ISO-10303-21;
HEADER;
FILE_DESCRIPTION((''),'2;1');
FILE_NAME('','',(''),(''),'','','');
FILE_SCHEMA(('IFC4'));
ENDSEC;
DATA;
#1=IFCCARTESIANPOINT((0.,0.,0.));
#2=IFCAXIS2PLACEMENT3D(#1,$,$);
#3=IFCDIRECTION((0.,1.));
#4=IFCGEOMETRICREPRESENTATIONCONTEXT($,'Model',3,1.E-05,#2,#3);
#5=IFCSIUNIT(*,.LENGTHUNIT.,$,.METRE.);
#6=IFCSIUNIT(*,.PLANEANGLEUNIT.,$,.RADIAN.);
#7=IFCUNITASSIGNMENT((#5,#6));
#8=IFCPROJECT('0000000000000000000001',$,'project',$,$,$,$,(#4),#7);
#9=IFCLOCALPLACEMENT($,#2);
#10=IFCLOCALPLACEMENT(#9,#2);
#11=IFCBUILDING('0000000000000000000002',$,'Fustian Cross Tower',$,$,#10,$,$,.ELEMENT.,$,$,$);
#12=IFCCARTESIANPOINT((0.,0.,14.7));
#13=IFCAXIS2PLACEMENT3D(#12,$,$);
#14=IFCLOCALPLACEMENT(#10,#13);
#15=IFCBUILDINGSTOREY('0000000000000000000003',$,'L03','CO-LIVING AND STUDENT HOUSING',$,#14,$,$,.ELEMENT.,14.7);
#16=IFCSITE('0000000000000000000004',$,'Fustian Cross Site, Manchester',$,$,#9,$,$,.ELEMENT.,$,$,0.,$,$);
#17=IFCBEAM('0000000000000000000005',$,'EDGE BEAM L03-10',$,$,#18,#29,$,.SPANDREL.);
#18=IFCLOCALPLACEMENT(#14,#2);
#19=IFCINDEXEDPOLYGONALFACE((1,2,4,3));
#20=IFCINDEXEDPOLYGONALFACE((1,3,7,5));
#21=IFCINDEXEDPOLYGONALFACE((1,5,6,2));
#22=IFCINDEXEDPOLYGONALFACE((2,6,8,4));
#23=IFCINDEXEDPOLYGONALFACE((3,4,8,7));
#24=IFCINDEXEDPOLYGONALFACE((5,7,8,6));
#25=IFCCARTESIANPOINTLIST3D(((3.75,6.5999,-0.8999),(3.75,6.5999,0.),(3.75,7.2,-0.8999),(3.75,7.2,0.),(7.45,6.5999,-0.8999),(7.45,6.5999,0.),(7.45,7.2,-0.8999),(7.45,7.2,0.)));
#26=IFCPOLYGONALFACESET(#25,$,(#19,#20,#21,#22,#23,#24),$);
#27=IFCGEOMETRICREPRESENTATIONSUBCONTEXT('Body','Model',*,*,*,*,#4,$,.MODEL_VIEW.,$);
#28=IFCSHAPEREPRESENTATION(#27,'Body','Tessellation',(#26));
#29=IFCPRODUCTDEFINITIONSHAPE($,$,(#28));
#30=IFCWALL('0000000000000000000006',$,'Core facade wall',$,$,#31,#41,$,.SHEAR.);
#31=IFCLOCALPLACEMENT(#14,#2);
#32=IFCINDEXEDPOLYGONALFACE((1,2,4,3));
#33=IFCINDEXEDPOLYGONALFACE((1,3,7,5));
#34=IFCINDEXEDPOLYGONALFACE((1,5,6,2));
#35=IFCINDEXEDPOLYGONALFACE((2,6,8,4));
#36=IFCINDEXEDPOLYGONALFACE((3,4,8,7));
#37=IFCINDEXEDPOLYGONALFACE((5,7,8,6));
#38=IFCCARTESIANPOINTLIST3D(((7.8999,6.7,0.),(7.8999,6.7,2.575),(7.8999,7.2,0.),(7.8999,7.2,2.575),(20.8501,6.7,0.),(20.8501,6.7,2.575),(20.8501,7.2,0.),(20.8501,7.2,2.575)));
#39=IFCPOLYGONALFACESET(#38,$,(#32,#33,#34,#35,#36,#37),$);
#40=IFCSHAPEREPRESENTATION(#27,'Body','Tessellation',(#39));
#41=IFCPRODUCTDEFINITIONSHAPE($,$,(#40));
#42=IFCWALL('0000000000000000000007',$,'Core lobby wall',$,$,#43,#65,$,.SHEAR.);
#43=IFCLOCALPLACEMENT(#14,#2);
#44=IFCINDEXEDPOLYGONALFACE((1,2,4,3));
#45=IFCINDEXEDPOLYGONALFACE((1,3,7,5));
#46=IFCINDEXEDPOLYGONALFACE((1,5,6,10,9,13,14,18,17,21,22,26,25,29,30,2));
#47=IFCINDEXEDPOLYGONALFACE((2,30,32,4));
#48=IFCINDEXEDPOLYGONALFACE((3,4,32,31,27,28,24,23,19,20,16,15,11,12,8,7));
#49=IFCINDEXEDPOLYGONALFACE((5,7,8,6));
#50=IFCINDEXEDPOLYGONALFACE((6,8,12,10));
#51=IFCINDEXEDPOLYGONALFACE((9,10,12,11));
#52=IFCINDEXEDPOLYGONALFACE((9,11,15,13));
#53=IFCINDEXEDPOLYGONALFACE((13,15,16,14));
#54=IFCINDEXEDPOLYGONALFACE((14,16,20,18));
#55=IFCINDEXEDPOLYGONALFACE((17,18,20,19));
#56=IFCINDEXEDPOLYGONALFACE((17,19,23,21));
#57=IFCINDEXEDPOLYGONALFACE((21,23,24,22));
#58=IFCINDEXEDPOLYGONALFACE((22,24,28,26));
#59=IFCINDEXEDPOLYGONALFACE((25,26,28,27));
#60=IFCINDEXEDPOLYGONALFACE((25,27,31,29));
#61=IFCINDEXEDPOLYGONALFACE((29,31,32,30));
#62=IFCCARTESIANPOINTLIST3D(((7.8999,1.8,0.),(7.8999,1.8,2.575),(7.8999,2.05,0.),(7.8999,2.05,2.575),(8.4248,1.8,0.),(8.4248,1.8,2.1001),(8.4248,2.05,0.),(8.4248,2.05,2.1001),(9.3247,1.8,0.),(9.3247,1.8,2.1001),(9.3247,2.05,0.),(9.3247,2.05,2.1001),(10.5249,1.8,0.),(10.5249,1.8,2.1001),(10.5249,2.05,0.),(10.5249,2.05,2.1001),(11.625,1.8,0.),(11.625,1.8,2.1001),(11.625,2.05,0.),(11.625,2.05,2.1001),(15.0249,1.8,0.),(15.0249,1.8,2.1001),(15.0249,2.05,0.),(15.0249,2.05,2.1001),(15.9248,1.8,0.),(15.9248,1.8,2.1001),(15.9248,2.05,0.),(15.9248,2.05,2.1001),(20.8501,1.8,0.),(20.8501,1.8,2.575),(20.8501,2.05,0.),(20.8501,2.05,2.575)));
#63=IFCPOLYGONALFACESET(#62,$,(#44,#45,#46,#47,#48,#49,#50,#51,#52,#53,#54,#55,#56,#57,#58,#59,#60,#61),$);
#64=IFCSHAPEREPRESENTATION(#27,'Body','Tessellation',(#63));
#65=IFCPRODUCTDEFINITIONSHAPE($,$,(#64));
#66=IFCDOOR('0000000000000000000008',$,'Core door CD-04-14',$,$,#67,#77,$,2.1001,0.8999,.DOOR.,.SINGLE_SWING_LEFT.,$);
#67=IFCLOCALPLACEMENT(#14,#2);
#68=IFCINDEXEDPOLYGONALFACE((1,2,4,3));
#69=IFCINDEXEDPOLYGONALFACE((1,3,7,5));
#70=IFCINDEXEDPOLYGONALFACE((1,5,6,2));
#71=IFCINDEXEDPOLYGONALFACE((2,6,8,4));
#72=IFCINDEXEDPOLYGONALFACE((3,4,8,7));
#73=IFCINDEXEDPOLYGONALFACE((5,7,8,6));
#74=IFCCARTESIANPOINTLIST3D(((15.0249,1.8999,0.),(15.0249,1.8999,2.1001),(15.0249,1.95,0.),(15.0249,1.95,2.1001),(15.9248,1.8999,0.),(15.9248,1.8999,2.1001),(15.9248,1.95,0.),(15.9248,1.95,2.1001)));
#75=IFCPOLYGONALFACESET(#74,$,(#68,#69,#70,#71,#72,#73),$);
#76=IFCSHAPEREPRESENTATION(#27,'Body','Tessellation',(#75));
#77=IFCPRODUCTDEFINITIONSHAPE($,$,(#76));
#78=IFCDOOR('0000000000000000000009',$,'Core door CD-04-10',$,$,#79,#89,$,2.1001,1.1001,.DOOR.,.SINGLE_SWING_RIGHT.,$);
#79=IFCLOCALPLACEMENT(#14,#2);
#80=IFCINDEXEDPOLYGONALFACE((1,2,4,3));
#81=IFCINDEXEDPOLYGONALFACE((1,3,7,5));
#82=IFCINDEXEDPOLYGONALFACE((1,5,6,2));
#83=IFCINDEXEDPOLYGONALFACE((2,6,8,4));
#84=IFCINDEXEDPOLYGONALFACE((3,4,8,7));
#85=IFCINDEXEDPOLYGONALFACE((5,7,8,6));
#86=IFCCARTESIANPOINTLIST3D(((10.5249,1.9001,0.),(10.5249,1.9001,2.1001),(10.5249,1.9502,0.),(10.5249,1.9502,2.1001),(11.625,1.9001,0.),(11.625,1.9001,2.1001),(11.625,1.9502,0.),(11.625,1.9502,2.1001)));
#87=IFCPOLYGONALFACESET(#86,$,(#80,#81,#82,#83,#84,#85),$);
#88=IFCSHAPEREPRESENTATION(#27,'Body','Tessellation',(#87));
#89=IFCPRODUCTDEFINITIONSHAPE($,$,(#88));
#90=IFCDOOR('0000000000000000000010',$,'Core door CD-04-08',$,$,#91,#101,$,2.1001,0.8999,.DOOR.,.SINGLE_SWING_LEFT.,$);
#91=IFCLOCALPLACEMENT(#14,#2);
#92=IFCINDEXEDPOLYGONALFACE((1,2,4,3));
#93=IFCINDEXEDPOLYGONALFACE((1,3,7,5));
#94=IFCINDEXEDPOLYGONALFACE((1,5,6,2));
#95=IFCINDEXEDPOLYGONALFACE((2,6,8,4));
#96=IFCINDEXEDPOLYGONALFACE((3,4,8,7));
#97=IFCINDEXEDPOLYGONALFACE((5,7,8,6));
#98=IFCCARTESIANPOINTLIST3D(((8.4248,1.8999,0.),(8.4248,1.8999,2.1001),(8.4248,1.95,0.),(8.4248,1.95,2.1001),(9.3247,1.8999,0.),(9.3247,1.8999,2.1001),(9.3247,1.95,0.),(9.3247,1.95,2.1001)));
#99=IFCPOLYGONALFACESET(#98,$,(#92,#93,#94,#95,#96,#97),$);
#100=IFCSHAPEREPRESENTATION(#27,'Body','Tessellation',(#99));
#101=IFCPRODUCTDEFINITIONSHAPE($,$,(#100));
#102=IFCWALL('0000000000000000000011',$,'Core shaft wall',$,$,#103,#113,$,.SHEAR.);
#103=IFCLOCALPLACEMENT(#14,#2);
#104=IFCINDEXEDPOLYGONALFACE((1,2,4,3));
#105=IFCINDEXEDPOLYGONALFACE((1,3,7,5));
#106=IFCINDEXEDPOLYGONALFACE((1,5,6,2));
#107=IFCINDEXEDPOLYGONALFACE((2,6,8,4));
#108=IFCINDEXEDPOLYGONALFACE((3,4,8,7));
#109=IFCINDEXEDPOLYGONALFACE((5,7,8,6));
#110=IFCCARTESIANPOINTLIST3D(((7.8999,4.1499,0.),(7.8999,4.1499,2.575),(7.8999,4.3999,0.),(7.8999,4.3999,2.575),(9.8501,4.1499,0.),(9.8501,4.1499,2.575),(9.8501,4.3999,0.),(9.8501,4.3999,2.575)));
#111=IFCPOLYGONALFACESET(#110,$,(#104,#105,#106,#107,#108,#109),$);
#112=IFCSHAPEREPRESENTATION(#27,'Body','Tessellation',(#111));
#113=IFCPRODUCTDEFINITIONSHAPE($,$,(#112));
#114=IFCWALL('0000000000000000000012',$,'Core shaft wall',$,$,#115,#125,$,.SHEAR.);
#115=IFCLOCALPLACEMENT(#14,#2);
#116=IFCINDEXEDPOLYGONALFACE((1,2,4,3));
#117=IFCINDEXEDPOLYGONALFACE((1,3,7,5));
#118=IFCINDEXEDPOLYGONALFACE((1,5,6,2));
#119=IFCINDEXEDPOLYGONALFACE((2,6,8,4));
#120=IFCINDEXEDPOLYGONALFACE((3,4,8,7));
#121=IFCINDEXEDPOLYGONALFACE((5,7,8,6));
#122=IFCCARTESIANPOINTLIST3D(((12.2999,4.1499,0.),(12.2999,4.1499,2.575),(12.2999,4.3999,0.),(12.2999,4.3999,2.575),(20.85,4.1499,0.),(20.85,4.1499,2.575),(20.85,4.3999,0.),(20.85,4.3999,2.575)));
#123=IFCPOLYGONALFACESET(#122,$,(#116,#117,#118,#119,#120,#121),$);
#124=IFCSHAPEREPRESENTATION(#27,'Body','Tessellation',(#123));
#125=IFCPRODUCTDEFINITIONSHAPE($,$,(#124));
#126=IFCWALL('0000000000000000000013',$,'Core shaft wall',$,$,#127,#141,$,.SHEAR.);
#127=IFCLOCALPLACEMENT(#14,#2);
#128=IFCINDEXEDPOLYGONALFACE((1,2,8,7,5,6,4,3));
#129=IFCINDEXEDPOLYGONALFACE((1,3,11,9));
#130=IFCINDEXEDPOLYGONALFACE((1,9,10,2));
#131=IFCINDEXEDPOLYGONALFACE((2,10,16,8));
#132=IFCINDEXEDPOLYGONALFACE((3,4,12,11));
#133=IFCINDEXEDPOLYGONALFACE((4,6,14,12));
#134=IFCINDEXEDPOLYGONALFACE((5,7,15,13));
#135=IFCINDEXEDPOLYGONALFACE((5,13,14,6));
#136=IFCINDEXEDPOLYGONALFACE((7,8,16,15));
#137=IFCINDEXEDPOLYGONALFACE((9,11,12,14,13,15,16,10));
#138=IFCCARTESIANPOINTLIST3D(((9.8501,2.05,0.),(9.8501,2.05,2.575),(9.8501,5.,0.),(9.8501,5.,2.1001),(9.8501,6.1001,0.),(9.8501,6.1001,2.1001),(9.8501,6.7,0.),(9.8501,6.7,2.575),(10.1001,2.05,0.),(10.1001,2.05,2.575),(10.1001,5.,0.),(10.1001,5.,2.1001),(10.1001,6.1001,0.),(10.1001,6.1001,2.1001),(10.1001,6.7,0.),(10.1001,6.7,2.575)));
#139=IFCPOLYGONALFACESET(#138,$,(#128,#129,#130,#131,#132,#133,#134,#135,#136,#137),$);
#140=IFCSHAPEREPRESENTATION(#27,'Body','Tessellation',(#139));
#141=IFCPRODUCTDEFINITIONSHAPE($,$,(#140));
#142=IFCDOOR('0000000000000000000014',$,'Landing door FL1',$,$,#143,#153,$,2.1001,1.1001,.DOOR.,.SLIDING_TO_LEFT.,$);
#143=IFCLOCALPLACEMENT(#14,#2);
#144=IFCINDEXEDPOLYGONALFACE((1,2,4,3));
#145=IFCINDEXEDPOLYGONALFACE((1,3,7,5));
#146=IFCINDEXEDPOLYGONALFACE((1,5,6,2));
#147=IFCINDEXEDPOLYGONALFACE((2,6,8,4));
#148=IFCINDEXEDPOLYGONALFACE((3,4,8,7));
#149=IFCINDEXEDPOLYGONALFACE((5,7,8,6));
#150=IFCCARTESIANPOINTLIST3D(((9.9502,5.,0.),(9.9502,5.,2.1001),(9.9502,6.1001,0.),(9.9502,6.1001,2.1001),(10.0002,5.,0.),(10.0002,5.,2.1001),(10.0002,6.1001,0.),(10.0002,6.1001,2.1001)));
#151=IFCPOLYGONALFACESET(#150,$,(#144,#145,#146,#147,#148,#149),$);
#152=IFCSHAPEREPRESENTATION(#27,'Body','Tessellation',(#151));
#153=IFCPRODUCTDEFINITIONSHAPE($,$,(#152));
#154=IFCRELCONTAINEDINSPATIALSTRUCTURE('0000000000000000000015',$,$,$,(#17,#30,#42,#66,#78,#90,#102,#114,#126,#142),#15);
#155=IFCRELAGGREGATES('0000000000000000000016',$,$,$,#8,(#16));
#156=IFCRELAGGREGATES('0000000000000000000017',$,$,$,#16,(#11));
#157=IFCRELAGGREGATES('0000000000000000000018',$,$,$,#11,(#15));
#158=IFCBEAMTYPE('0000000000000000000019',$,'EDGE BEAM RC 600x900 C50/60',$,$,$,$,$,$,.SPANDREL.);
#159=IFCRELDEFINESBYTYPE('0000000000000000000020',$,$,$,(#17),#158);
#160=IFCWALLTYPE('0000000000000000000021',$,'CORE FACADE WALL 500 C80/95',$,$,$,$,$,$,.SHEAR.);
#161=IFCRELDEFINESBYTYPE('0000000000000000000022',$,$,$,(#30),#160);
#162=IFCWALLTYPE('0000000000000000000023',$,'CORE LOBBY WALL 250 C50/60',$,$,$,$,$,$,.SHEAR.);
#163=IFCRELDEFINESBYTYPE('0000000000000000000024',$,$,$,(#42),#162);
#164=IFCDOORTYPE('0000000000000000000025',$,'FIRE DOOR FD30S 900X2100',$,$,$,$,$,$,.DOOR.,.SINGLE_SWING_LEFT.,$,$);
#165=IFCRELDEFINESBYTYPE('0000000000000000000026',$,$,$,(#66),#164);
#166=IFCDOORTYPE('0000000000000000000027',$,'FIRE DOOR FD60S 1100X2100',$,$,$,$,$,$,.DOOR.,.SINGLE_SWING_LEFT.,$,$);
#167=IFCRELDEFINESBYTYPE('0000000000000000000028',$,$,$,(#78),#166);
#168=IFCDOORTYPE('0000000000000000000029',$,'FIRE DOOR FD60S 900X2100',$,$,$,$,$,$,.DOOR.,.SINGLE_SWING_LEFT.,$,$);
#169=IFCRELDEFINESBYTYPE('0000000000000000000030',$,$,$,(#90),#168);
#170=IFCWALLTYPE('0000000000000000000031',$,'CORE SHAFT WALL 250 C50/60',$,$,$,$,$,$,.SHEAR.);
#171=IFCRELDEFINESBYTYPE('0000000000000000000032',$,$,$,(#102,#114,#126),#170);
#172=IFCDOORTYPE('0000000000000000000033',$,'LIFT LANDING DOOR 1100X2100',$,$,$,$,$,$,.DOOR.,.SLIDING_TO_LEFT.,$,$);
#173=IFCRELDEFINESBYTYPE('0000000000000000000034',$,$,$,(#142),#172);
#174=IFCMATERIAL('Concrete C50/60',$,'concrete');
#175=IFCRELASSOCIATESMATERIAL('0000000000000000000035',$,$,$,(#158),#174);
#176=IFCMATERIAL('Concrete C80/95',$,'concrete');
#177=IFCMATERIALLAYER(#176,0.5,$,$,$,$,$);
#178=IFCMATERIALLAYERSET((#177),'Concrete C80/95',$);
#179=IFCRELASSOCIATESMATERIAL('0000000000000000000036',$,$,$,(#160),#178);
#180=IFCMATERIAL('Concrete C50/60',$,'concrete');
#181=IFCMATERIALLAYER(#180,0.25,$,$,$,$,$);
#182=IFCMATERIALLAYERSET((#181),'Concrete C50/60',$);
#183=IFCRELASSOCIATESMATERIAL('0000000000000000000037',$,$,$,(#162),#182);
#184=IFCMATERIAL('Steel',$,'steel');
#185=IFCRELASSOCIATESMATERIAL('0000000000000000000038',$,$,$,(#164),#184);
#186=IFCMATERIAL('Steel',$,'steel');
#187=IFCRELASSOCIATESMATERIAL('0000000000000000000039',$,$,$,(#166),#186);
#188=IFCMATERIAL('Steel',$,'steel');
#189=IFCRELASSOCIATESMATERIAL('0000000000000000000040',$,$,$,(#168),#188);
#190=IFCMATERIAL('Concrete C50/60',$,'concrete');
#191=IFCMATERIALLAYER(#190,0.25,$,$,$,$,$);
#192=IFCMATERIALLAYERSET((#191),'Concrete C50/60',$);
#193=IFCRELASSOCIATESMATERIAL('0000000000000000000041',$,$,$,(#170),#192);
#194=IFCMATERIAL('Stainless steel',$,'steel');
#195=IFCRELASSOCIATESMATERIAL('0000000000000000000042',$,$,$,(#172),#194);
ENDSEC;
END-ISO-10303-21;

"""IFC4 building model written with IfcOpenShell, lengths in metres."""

from ifc_helpers import new_model, si_unit, direction, frame, frame_2d, origin, origin_2d, place, context, subcontext, project, spatial, rectangle, extrude, material, layer, layer_set, material_profile, profile_set, type_object, element, fill, save


model = new_model("IFC4")

# Units and contexts
model_context = context("Model", 3, precision=1e-05, world=origin(), true_north=direction((0.0, 1.0)))
body_context = subcontext(model_context, "Body", "Model", "MODEL_VIEW")
ifc_project = project(units=[si_unit("LENGTHUNIT", "METRE"), si_unit("PLANEANGLEUNIT", "RADIAN")], contexts=[model_context])

# Site, building, storey
site_placement = place(None, origin())
site = spatial("IfcSite", under=ifc_project, at=site_placement, Name="Fustian Cross Site, Manchester", CompositionType="ELEMENT", RefElevation=0.0)
building_placement = place(site_placement, origin())
building = spatial("IfcBuilding", under=site, at=building_placement, Name="Fustian Cross Tower", CompositionType="ELEMENT")
storey_placement = place(building_placement, frame((0.0, 0.0, 14.7)))
storey = spatial("IfcBuildingStorey", under=building, at=storey_placement, Name="L03", Description="CO-LIVING AND STUDENT HOUSING", CompositionType="ELEMENT", Elevation=14.7)

# Beam
ifc_material_1 = material(Name="Concrete C50/60", Category="concrete")
ifc_material_profile = material_profile(ifc_material_1, rectangle(XDim=0.6001, YDim=0.8999, at=origin_2d()), Name="RC 600x900")
ifc_profile_set = profile_set([ifc_material_profile], Name="Concrete C50/60")
beam_type = type_object("IfcBeamType", Name="EDGE BEAM RC 600x900 C50/60", PredefinedType="SPANDREL", material=ifc_profile_set)
beam_placement = place(storey_placement, frame((7.45, 6.8999, -0.45), z_axis=(-1.0, 0.0, 0.0), x_axis=(0.0, -1.0, 0.0)))
element("IfcBeam", 1, at=beam_placement, inside=storey, type_object=beam_type, Name="EDGE BEAM L03-10", PredefinedType="SPANDREL", context=body_context, shape_type="SweptSolid", body=[
    extrude(rectangle(XDim=0.6001, YDim=0.8999, at=origin_2d()), origin(), (0.0, 0.0, 1.0), 3.7),
])

# Wall
ifc_material_2 = material(Name="Concrete C80/95", Category="concrete")
ifc_layer_1 = layer(ifc_material_2, 0.5)
ifc_layer_set_1 = layer_set([ifc_layer_1], Name="Concrete C80/95")
wall_type_1 = type_object("IfcWallType", Name="CORE FACADE WALL 500 C80/95", PredefinedType="SHEAR", material=ifc_layer_set_1)
wall_1_placement = place(storey_placement, frame((7.8999, 6.95, 0.0), z_axis=(0.0, 0.0, 1.0), x_axis=(1.0, 0.0, 0.0)))
element("IfcWall", 2, at=wall_1_placement, inside=storey, type_object=wall_type_1, Name="Core facade wall", PredefinedType="SHEAR", context=body_context, shape_type="SweptSolid", body=[
    extrude(rectangle(XDim=12.9502, YDim=0.5, at=frame_2d((6.4751, 0.0))), origin(), (0.0, 0.0, 1.0), 2.575),
])

# Wall, openings, doors
ifc_material_3 = material(Name="Concrete C50/60", Category="concrete")
ifc_layer_2 = layer(ifc_material_3, 0.25)
ifc_layer_set_2 = layer_set([ifc_layer_2], Name="Concrete C50/60")
wall_type_2 = type_object("IfcWallType", Name="CORE LOBBY WALL 250 C50/60", PredefinedType="SHEAR", material=ifc_layer_set_2)
wall_2_placement = place(storey_placement, frame((7.8999, 1.925, 0.0), z_axis=(0.0, 0.0, 1.0), x_axis=(1.0, 0.0, 0.0)))
wall_2 = element("IfcWall", 3, at=wall_2_placement, inside=storey, type_object=wall_type_2, Name="Core lobby wall", PredefinedType="SHEAR", context=body_context, shape_type="SweptSolid", body=[
    extrude(rectangle(XDim=12.9502, YDim=0.25, at=frame_2d((6.4751, 0.0))), origin(), (0.0, 0.0, 1.0), 2.575),
])
opening_1_placement = place(wall_2_placement, frame((0.5249, 0.0, 0.0)))
opening_1 = element("IfcOpeningElement", 4, at=opening_1_placement, cuts=wall_2, PredefinedType="OPENING", context=body_context, shape_type="SweptSolid", body=[
    extrude(rectangle(XDim=0.8999, YDim=2.1001, at=frame_2d((0.45, 1.05))), frame((0.0, 0.135, 0.0), z_axis=(0.0, -1.0, 0.0), x_axis=(1.0, 0.0, 0.0)), (0.0, 0.0, 1.0), 0.27),
])
opening_2_placement = place(wall_2_placement, frame((2.625, 0.0, 0.0)))
opening_2 = element("IfcOpeningElement", 5, at=opening_2_placement, cuts=wall_2, PredefinedType="OPENING", context=body_context, shape_type="SweptSolid", body=[
    extrude(rectangle(XDim=1.1001, YDim=2.1001, at=frame_2d((0.55, 1.05))), frame((0.0, 0.135, 0.0), z_axis=(0.0, -1.0, 0.0), x_axis=(1.0, 0.0, 0.0)), (0.0, 0.0, 1.0), 0.27),
])
opening_3_placement = place(wall_2_placement, frame((7.125, 0.0, 0.0)))
opening_3 = element("IfcOpeningElement", 6, at=opening_3_placement, cuts=wall_2, PredefinedType="OPENING", context=body_context, shape_type="SweptSolid", body=[
    extrude(rectangle(XDim=0.8999, YDim=2.1001, at=frame_2d((0.45, 1.05))), frame((0.0, 0.135, 0.0), z_axis=(0.0, -1.0, 0.0), x_axis=(1.0, 0.0, 0.0)), (0.0, 0.0, 1.0), 0.27),
])
ifc_material_4 = material(Name="Steel", Category="steel")
door_type_1 = type_object("IfcDoorType", Name="FIRE DOOR FD30S 900X2100", OperationType="SINGLE_SWING_LEFT", PredefinedType="DOOR", material=ifc_material_4)
door_1_placement = place(opening_3_placement, origin())
door_1 = element("IfcDoor", 7, at=door_1_placement, inside=storey, type_object=door_type_1, Name="Core door CD-04-14", OperationType="SINGLE_SWING_LEFT", OverallHeight=2.1001, OverallWidth=0.8999, PredefinedType="DOOR", context=body_context, shape_type="SweptSolid", body=[
    extrude(rectangle(XDim=0.8999, YDim=2.1001, at=frame_2d((0.45, 1.05))), frame((0.0, 0.0249, 0.0), z_axis=(0.0, -1.0, 0.0), x_axis=(1.0, 0.0, 0.0)), (0.0, 0.0, 1.0), 0.05),
])
fill(opening_3, door_1)
ifc_material_5 = material(Name="Steel", Category="steel")
door_type_2 = type_object("IfcDoorType", Name="FIRE DOOR FD60S 1100X2100", OperationType="SINGLE_SWING_LEFT", PredefinedType="DOOR", material=ifc_material_5)
door_2_placement = place(opening_2_placement, frame((1.1001, 0.0, 0.0), z_axis=(0.0, 0.0, 1.0), x_axis=(-1.0, 0.0, 0.0)))
door_2 = element("IfcDoor", 8, at=door_2_placement, inside=storey, type_object=door_type_2, Name="Core door CD-04-10", OperationType="SINGLE_SWING_RIGHT", OverallHeight=2.1001, OverallWidth=1.1001, PredefinedType="DOOR", context=body_context, shape_type="SweptSolid", body=[
    extrude(rectangle(XDim=1.1001, YDim=2.1001, at=frame_2d((0.55, 1.05))), frame((0.0, 0.0249, 0.0), z_axis=(0.0, -1.0, 0.0), x_axis=(1.0, 0.0, 0.0)), (0.0, 0.0, 1.0), 0.05),
])
fill(opening_2, door_2)
ifc_material_6 = material(Name="Steel", Category="steel")
door_type_3 = type_object("IfcDoorType", Name="FIRE DOOR FD60S 900X2100", OperationType="SINGLE_SWING_LEFT", PredefinedType="DOOR", material=ifc_material_6)
door_3_placement = place(opening_1_placement, origin())
door_3 = element("IfcDoor", 9, at=door_3_placement, inside=storey, type_object=door_type_3, Name="Core door CD-04-08", OperationType="SINGLE_SWING_LEFT", OverallHeight=2.1001, OverallWidth=0.8999, PredefinedType="DOOR", context=body_context, shape_type="SweptSolid", body=[
    extrude(rectangle(XDim=0.8999, YDim=2.1001, at=frame_2d((0.45, 1.05))), frame((0.0, 0.0249, 0.0), z_axis=(0.0, -1.0, 0.0), x_axis=(1.0, 0.0, 0.0)), (0.0, 0.0, 1.0), 0.05),
])
fill(opening_1, door_3)

# Walls
ifc_material_7 = material(Name="Concrete C50/60", Category="concrete")
ifc_layer_3 = layer(ifc_material_7, 0.25)
ifc_layer_set_3 = layer_set([ifc_layer_3], Name="Concrete C50/60")
wall_type_3 = type_object("IfcWallType", Name="CORE SHAFT WALL 250 C50/60", PredefinedType="SHEAR", material=ifc_layer_set_3)
wall_3_placement = place(storey_placement, frame((7.8999, 4.2749, 0.0), z_axis=(0.0, 0.0, 1.0), x_axis=(1.0, 0.0, 0.0)))
element("IfcWall", 10, at=wall_3_placement, inside=storey, type_object=wall_type_3, Name="Core shaft wall", PredefinedType="SHEAR", context=body_context, shape_type="SweptSolid", body=[
    extrude(rectangle(XDim=1.9502, YDim=0.25, at=frame_2d((0.9751, 0.0))), origin(), (0.0, 0.0, 1.0), 2.575),
])
wall_4_placement = place(storey_placement, frame((12.3, 4.2749, 0.0), z_axis=(0.0, 0.0, 1.0), x_axis=(1.0, 0.0, 0.0)))
element("IfcWall", 11, at=wall_4_placement, inside=storey, type_object=wall_type_3, Name="Core shaft wall", PredefinedType="SHEAR", context=body_context, shape_type="SweptSolid", body=[
    extrude(rectangle(XDim=8.55, YDim=0.25, at=frame_2d((4.2749, 0.0))), origin(), (0.0, 0.0, 1.0), 2.575),
])

# Wall, opening, door
wall_5_placement = place(storey_placement, frame((9.9751, 2.05, 0.0), z_axis=(0.0, 0.0, 1.0), x_axis=(0.0, 1.0, 0.0)))
wall_5 = element("IfcWall", 12, at=wall_5_placement, inside=storey, type_object=wall_type_3, Name="Core shaft wall", PredefinedType="SHEAR", context=body_context, shape_type="SweptSolid", body=[
    extrude(rectangle(XDim=4.6499, YDim=0.25, at=frame_2d((2.325, 0.0))), origin(), (0.0, 0.0, 1.0), 2.575),
])
opening_4_placement = place(wall_5_placement, frame((2.95, 0.0, 0.0)))
opening_4 = element("IfcOpeningElement", 13, at=opening_4_placement, cuts=wall_5, PredefinedType="OPENING", context=body_context, shape_type="SweptSolid", body=[
    extrude(rectangle(XDim=1.1001, YDim=2.1001, at=frame_2d((0.55, 1.05))), frame((0.0, 0.135, 0.0), z_axis=(0.0, -1.0, 0.0), x_axis=(1.0, 0.0, 0.0)), (0.0, 0.0, 1.0), 0.27),
])
ifc_material_8 = material(Name="Stainless steel", Category="steel")
door_type_4 = type_object("IfcDoorType", Name="LIFT LANDING DOOR 1100X2100", OperationType="SLIDING_TO_LEFT", PredefinedType="DOOR", material=ifc_material_8)
door_4_placement = place(opening_4_placement, origin())
door_4 = element("IfcDoor", 14, at=door_4_placement, inside=storey, type_object=door_type_4, Name="Landing door FL1", OperationType="SLIDING_TO_LEFT", OverallHeight=2.1001, OverallWidth=1.1001, PredefinedType="DOOR", context=body_context, shape_type="SweptSolid", body=[
    extrude(rectangle(XDim=1.1001, YDim=2.1001, at=frame_2d((0.55, 1.05))), frame((0.0, 0.0249, 0.0), z_axis=(0.0, -1.0, 0.0), x_axis=(1.0, 0.0, 0.0)), (0.0, 0.0, 1.0), 0.05),
])
fill(opening_4, door_4)

save(model, "model.ifc")
